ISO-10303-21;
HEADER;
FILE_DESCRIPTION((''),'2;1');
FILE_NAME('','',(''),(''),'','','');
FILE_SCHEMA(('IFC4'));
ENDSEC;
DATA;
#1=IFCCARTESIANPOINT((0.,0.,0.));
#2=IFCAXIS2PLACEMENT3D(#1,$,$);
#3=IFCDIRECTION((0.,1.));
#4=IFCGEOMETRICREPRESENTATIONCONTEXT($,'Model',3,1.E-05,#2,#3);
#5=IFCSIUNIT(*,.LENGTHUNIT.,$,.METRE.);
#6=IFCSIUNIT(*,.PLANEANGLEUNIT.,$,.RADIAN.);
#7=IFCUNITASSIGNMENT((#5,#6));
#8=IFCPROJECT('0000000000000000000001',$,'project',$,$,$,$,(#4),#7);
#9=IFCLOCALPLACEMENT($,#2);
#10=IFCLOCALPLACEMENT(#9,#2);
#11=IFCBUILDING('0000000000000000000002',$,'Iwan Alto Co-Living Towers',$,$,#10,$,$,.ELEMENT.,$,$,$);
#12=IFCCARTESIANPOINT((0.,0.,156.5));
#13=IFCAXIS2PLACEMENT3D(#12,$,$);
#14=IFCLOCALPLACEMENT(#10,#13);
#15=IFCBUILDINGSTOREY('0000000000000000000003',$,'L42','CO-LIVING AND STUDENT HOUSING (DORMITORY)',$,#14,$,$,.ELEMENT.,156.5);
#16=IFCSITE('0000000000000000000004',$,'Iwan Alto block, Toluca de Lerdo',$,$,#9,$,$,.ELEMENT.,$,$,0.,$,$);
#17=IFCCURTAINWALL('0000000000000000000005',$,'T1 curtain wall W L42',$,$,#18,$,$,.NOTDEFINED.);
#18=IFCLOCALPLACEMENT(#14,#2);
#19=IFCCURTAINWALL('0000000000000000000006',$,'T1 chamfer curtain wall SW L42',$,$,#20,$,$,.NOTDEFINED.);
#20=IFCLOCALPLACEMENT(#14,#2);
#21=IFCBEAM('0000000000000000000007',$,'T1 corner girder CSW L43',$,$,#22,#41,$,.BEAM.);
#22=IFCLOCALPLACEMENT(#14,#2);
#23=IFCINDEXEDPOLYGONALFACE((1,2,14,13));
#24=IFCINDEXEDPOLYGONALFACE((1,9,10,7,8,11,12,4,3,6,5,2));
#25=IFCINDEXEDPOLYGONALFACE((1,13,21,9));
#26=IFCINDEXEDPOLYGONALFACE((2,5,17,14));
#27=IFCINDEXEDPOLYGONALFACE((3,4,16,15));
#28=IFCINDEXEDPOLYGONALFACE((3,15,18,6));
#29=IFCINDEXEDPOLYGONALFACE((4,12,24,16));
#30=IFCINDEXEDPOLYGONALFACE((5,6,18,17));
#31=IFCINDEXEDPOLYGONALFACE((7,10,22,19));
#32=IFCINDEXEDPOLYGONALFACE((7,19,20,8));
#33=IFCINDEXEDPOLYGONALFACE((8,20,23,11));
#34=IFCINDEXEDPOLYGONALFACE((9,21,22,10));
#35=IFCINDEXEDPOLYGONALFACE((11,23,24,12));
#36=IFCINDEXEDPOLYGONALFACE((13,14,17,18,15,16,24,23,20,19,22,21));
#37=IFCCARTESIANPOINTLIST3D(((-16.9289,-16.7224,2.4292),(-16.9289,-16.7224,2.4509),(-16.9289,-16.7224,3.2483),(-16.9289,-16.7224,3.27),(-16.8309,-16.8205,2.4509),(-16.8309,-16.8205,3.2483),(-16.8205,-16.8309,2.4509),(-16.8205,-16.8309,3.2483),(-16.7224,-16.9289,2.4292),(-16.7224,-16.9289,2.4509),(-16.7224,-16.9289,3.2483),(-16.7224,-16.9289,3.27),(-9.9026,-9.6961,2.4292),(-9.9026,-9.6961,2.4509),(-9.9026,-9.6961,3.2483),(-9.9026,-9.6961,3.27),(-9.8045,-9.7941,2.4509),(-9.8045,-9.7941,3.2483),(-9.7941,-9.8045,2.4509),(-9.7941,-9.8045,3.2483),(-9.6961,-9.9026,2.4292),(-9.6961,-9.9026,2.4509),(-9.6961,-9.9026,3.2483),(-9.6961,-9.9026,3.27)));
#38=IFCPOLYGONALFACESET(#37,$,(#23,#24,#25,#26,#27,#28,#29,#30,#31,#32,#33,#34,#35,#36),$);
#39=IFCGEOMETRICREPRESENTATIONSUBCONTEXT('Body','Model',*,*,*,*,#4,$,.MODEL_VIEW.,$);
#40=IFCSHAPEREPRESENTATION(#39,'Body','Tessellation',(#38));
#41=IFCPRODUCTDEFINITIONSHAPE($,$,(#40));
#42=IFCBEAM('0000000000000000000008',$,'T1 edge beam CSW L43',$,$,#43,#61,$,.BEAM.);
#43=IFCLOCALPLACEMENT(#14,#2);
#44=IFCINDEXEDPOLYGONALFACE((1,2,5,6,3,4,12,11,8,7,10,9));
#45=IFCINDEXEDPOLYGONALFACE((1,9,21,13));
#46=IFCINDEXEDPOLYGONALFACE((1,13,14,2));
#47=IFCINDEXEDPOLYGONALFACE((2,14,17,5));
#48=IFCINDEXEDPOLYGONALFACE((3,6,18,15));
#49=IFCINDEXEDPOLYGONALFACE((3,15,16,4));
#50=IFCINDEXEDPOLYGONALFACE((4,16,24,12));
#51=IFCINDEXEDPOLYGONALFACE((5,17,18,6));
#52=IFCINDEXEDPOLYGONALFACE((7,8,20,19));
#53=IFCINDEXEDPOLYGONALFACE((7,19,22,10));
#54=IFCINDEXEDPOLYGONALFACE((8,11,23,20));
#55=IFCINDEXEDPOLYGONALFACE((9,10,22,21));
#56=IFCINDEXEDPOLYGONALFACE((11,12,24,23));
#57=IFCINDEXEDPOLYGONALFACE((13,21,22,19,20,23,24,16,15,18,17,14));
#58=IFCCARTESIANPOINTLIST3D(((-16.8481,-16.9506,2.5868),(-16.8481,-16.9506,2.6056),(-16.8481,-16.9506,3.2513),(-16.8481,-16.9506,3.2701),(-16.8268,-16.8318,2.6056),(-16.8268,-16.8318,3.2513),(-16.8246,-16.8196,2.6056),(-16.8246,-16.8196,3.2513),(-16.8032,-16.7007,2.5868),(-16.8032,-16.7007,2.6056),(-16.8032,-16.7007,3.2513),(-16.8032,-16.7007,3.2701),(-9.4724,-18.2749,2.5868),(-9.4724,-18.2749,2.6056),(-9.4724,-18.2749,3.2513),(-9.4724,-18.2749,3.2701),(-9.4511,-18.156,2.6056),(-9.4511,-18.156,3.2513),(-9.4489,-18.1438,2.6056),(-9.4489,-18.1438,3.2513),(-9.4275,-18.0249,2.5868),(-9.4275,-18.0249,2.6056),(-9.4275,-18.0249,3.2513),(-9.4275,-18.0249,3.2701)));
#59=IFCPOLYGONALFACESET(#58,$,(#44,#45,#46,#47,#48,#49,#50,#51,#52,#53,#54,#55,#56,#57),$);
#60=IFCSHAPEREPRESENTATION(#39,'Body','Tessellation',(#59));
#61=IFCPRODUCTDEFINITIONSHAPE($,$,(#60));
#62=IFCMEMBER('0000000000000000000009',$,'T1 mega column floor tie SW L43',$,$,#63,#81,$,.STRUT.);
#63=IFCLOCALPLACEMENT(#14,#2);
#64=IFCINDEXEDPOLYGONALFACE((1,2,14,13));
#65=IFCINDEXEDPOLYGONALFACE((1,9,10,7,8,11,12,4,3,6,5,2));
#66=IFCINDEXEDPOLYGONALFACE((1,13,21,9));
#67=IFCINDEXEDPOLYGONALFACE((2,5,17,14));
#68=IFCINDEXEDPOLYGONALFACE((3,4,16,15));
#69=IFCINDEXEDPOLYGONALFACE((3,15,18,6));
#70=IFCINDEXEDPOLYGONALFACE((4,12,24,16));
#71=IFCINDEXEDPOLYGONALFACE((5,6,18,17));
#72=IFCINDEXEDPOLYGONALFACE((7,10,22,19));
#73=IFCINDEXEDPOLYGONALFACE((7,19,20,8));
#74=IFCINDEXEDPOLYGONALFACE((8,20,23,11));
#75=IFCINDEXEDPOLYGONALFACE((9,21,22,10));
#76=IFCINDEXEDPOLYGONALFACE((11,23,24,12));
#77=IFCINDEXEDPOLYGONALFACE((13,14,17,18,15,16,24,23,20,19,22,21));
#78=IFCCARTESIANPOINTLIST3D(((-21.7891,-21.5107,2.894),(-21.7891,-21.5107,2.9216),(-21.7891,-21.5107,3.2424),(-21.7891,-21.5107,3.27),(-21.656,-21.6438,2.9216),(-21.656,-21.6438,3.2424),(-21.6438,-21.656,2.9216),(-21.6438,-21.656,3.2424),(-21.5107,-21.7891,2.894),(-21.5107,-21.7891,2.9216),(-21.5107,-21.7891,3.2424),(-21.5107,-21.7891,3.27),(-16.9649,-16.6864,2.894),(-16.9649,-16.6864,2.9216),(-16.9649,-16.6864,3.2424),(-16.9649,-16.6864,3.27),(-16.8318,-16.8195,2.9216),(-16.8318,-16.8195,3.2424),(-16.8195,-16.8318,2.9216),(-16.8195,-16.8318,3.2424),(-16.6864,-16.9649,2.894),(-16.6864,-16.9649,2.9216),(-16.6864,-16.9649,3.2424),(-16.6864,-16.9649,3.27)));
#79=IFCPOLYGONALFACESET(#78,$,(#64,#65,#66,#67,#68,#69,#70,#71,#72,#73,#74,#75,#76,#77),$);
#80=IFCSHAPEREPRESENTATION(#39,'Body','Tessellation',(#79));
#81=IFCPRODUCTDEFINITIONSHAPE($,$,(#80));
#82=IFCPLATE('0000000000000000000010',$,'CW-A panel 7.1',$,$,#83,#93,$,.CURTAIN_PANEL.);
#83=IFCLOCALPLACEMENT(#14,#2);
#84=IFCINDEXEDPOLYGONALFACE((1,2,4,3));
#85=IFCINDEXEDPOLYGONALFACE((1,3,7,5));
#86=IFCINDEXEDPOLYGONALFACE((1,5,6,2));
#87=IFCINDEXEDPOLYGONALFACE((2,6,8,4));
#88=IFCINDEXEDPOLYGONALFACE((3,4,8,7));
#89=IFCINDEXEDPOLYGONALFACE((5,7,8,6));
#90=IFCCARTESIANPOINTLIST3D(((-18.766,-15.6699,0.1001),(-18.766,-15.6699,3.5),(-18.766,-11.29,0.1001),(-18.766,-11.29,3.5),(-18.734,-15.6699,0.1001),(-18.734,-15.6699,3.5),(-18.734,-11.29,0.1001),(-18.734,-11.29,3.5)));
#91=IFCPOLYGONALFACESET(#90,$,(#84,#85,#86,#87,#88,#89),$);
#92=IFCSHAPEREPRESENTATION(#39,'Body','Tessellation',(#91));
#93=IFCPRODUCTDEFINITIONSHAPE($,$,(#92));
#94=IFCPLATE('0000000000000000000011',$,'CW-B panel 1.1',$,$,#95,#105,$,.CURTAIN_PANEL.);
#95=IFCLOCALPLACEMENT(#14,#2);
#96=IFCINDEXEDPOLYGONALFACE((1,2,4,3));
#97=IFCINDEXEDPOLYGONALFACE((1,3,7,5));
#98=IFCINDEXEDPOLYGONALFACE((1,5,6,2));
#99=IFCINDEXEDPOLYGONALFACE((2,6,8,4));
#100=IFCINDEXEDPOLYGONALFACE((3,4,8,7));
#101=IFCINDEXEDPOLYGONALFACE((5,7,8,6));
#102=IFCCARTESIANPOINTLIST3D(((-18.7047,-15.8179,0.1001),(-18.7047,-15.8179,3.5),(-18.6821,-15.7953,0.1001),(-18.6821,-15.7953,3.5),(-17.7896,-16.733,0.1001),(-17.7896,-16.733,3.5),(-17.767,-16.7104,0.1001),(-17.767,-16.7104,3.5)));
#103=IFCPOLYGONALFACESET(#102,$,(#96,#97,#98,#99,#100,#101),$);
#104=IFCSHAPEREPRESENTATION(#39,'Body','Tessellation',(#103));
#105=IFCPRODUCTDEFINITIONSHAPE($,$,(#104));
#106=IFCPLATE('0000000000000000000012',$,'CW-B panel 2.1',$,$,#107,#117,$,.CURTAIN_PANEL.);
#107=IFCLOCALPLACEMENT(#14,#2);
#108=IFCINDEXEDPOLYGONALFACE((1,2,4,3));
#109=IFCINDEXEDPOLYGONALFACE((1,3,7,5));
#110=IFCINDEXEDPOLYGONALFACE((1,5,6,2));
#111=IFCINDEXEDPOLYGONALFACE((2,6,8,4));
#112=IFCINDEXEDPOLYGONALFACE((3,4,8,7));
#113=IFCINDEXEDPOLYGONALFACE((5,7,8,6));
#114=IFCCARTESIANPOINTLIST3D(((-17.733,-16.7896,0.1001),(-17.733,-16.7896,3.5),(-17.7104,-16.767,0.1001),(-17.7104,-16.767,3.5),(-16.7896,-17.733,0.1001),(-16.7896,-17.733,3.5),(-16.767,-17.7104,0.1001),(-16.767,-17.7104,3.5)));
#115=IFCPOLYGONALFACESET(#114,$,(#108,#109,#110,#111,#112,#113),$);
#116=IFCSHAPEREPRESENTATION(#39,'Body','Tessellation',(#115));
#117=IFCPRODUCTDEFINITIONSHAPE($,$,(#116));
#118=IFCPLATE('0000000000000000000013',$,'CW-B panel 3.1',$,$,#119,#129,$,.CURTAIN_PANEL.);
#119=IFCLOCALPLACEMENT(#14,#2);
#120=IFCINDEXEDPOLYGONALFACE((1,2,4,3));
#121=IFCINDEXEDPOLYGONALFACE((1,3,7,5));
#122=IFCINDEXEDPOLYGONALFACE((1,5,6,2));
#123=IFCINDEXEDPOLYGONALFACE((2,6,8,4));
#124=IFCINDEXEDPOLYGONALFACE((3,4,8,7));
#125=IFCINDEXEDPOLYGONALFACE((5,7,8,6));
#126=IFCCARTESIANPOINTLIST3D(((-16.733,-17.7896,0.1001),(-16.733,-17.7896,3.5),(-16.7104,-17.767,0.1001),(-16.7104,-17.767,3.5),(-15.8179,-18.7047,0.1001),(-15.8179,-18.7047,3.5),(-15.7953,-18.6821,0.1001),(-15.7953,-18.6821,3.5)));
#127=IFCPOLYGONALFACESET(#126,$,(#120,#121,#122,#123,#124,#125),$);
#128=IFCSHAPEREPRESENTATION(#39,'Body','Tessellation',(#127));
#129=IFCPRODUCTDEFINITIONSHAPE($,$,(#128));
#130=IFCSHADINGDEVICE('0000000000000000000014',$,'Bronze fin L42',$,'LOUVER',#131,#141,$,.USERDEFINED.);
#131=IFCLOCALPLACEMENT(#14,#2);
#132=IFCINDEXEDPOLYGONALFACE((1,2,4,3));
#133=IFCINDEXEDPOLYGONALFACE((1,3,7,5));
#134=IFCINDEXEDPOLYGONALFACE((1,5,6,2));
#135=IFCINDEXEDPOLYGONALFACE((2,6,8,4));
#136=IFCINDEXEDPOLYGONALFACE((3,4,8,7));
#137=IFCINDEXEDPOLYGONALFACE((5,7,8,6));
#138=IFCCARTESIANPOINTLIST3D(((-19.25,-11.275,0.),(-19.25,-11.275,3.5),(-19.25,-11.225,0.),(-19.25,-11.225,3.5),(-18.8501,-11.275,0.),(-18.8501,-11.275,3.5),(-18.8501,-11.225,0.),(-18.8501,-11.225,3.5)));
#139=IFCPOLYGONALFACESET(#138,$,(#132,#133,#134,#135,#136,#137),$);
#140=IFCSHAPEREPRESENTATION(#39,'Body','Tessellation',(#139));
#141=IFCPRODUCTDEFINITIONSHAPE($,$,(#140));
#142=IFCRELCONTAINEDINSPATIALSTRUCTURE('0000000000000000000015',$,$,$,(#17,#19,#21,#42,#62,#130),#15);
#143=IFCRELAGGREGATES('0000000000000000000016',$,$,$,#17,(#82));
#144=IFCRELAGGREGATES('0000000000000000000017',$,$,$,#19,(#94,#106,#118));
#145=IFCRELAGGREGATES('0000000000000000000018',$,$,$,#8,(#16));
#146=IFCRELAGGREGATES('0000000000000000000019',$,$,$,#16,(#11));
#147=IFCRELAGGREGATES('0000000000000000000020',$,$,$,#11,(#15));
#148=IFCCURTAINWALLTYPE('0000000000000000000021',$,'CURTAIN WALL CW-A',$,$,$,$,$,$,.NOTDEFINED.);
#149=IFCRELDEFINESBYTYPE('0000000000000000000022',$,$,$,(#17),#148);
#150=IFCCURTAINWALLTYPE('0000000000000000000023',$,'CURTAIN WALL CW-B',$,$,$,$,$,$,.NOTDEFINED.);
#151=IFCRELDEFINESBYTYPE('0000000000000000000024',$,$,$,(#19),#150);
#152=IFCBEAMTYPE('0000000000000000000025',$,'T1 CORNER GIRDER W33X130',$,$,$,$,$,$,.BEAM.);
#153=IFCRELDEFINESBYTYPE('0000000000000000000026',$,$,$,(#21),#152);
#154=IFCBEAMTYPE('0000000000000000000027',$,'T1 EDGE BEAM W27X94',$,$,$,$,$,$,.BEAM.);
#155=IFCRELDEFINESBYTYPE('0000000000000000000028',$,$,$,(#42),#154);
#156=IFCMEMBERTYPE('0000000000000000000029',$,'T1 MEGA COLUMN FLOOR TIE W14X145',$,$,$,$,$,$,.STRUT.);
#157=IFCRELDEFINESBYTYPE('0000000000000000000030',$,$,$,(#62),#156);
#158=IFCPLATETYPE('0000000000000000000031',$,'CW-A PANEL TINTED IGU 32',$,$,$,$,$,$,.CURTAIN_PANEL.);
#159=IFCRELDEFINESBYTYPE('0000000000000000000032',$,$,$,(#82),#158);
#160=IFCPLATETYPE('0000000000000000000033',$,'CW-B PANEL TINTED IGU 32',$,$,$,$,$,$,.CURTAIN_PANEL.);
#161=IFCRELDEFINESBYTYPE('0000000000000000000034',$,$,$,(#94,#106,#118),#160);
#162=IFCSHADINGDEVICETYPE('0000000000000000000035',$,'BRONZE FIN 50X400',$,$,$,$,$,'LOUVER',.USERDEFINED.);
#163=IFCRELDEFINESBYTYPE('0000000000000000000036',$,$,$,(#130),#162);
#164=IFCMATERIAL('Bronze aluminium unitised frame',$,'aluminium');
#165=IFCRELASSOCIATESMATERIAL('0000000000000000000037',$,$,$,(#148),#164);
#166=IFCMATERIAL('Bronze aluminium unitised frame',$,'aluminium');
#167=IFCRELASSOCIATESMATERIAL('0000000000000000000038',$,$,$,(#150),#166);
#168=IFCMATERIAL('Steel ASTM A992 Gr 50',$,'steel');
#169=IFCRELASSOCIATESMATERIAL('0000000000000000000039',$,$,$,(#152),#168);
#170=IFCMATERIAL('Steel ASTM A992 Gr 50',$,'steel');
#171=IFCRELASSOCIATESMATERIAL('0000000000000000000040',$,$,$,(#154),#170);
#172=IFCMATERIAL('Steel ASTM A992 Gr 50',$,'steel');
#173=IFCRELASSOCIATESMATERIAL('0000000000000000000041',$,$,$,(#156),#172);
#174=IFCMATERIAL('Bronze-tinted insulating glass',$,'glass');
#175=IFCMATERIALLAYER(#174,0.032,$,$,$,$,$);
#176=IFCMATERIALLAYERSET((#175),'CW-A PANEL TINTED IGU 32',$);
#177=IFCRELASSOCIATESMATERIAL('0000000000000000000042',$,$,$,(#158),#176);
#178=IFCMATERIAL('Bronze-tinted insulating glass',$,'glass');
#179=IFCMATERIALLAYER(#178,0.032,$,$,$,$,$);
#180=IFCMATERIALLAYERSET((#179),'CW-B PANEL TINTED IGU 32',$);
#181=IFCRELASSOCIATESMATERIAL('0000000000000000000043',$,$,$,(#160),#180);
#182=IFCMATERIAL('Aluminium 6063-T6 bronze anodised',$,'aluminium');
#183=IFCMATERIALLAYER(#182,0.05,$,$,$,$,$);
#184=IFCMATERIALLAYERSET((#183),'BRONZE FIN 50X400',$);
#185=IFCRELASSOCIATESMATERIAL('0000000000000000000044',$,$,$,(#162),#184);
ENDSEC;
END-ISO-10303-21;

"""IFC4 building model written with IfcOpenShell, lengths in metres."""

from ifc_helpers import new_model, si_unit, direction, frame, origin, origin_2d, place, context, subcontext, project, spatial, rectangle, i_section, extrude, material, layer, layer_set, material_profile, profile_set, type_object, element, aggregate, save


model = new_model("IFC4")

# Units and contexts
model_context = context("Model", 3, precision=1e-05, world=origin(), true_north=direction((0.0, 1.0)))
body_context = subcontext(model_context, "Body", "Model", "MODEL_VIEW")
ifc_project = project(units=[si_unit("LENGTHUNIT", "METRE"), si_unit("PLANEANGLEUNIT", "RADIAN")], contexts=[model_context])

# Site, building, storey
site_placement = place(None, origin())
site = spatial("IfcSite", under=ifc_project, at=site_placement, Name="Iwan Alto block, Toluca de Lerdo", CompositionType="ELEMENT", RefElevation=0.0)
building_placement = place(site_placement, origin())
building = spatial("IfcBuilding", under=site, at=building_placement, Name="Iwan Alto Co-Living Towers", CompositionType="ELEMENT")
storey_placement = place(building_placement, frame((0.0, 0.0, 156.5)))
storey = spatial("IfcBuildingStorey", under=building, at=storey_placement, Name="L42", Description="CO-LIVING AND STUDENT HOUSING (DORMITORY)", CompositionType="ELEMENT", Elevation=156.5)

# Shared definitions
ifc_material_1 = material(Name="Bronze aluminium unitised frame", Category="aluminium")
curtain_wall_type_1 = type_object("IfcCurtainWallType", Name="CURTAIN WALL CW-A", PredefinedType="NOTDEFINED", material=ifc_material_1)

# Curtain walls
curtain_wall_1_placement = place(storey_placement, origin())
curtain_wall_1 = element("IfcCurtainWall", 1, at=curtain_wall_1_placement, inside=storey, type_object=curtain_wall_type_1, Name="T1 curtain wall W L42", PredefinedType="NOTDEFINED")
ifc_material_2 = material(Name="Bronze aluminium unitised frame", Category="aluminium")
curtain_wall_type_2 = type_object("IfcCurtainWallType", Name="CURTAIN WALL CW-B", PredefinedType="NOTDEFINED", material=ifc_material_2)
curtain_wall_2_placement = place(storey_placement, origin())
curtain_wall_2 = element("IfcCurtainWall", 2, at=curtain_wall_2_placement, inside=storey, type_object=curtain_wall_type_2, Name="T1 chamfer curtain wall SW L42", PredefinedType="NOTDEFINED")

# Beams
ifc_material_3 = material(Name="Steel ASTM A992 Gr 50", Category="steel")
ifc_material_profile_1 = material_profile(ifc_material_3, i_section(OverallWidth=0.292, OverallDepth=0.8408, WebThickness=0.0146, FlangeThickness=0.0217, at=origin_2d()), Name="W33X130")
ifc_profile_set_1 = profile_set([ifc_material_profile_1], Name="Steel ASTM A992 Gr 50")
beam_type_1 = type_object("IfcBeamType", Name="T1 CORNER GIRDER W33X130", PredefinedType="BEAM", material=ifc_profile_set_1)
beam_1_placement = place(storey_placement, frame((-16.8257, -16.8257, 2.8496), z_axis=(0.707107, 0.707107, 0.0), x_axis=(-0.707107, 0.707107, 0.0)))
element("IfcBeam", 3, at=beam_1_placement, inside=storey, type_object=beam_type_1, Name="T1 corner girder CSW L43", PredefinedType="BEAM", context=body_context, shape_type="SweptSolid", body=[
    extrude(i_section(OverallWidth=0.292, OverallDepth=0.8408, WebThickness=0.0146, FlangeThickness=0.0217, at=origin_2d()), origin(), (0.0, 0.0, 1.0), 9.9368),
])
ifc_material_4 = material(Name="Steel ASTM A992 Gr 50", Category="steel")
ifc_material_profile_2 = material_profile(ifc_material_4, i_section(OverallWidth=0.2539, OverallDepth=0.6833, WebThickness=0.0125, FlangeThickness=0.0188, at=origin_2d()), Name="W27X94")
ifc_profile_set_2 = profile_set([ifc_material_profile_2], Name="Steel ASTM A992 Gr 50")
beam_type_2 = type_object("IfcBeamType", Name="T1 EDGE BEAM W27X94", PredefinedType="BEAM", material=ifc_profile_set_2)
beam_2_placement = place(storey_placement, frame((-16.8257, -16.8257, 2.9285), z_axis=(0.984263, -0.176712, 0.0), x_axis=(0.176712, 0.984263, 0.0)))
element("IfcBeam", 4, at=beam_2_placement, inside=storey, type_object=beam_type_2, Name="T1 edge beam CSW L43", PredefinedType="BEAM", context=body_context, shape_type="SweptSolid", body=[
    extrude(i_section(OverallWidth=0.2539, OverallDepth=0.6833, WebThickness=0.0125, FlangeThickness=0.0188, at=origin_2d()), origin(), (0.0, 0.0, 1.0), 7.4937),
])

# Member
ifc_material_5 = material(Name="Steel ASTM A992 Gr 50", Category="steel")
ifc_material_profile_3 = material_profile(ifc_material_5, i_section(OverallWidth=0.3938, OverallDepth=0.376, WebThickness=0.0173, FlangeThickness=0.0276, at=origin_2d()), Name="W14X145")
ifc_profile_set_3 = profile_set([ifc_material_profile_3], Name="Steel ASTM A992 Gr 50")
member_type_1 = type_object("IfcMemberType", Name="T1 MEGA COLUMN FLOOR TIE W14X145", PredefinedType="STRUT", material=ifc_profile_set_3)
member_1_placement = place(storey_placement, frame((-21.6499, -21.6499, 3.082), z_axis=(0.707107, 0.707107, 0.0), x_axis=(-0.707107, 0.707107, 0.0)))
element("IfcMember", 5, at=member_1_placement, inside=storey, type_object=member_type_1, Name="T1 mega column floor tie SW L43", PredefinedType="STRUT", context=body_context, shape_type="SweptSolid", body=[
    extrude(i_section(OverallWidth=0.3938, OverallDepth=0.376, WebThickness=0.0173, FlangeThickness=0.0276, at=origin_2d()), origin(), (0.0, 0.0, 1.0), 6.8225),
])

# Plates
ifc_material_6 = material(Name="Bronze-tinted insulating glass", Category="glass")
ifc_layer_1 = layer(ifc_material_6, 0.032)
ifc_layer_set_1 = layer_set([ifc_layer_1], Name="CW-A PANEL TINTED IGU 32")
plate_type_1 = type_object("IfcPlateType", Name="CW-A PANEL TINTED IGU 32", PredefinedType="CURTAIN_PANEL", material=ifc_layer_set_1)
plate_1_placement = place(storey_placement, frame((-18.75, -13.48, 0.1001), z_axis=(0.0, 0.0, 1.0), x_axis=(0.0, -1.0, 0.0)))
plate_1 = element("IfcPlate", 6, at=plate_1_placement, type_object=plate_type_1, Name="CW-A panel 7.1", PredefinedType="CURTAIN_PANEL", context=body_context, shape_type="SweptSolid", body=[
    extrude(rectangle(XDim=4.3799, YDim=0.032, at=origin_2d()), origin(), (0.0, 0.0, 1.0), 3.3999),
])
aggregate(curtain_wall_1, [plate_1])
ifc_material_7 = material(Name="Bronze-tinted insulating glass", Category="glass")
ifc_layer_2 = layer(ifc_material_7, 0.032)
ifc_layer_set_2 = layer_set([ifc_layer_2], Name="CW-B PANEL TINTED IGU 32")
plate_type_2 = type_object("IfcPlateType", Name="CW-B PANEL TINTED IGU 32", PredefinedType="CURTAIN_PANEL", material=ifc_layer_set_2)
plate_2_placement = place(storey_placement, frame((-18.2358, -16.2642, 0.1001), z_axis=(0.0, 0.0, 1.0), x_axis=(0.707107, -0.707107, 0.0)))
plate_2 = element("IfcPlate", 7, at=plate_2_placement, type_object=plate_type_2, Name="CW-B panel 1.1", PredefinedType="CURTAIN_PANEL", context=body_context, shape_type="SweptSolid", body=[
    extrude(rectangle(XDim=1.2942, YDim=0.032, at=origin_2d()), origin(), (0.0, 0.0, 1.0), 3.3999),
])
plate_3_placement = place(storey_placement, frame((-17.25, -17.25, 0.1001), z_axis=(0.0, 0.0, 1.0), x_axis=(0.707107, -0.707107, 0.0)))
plate_3 = element("IfcPlate", 8, at=plate_3_placement, type_object=plate_type_2, Name="CW-B panel 2.1", PredefinedType="CURTAIN_PANEL", context=body_context, shape_type="SweptSolid", body=[
    extrude(rectangle(XDim=1.3342, YDim=0.032, at=origin_2d()), origin(), (0.0, 0.0, 1.0), 3.3999),
])
plate_4_placement = place(storey_placement, frame((-16.2642, -18.2358, 0.1001), z_axis=(0.0, 0.0, 1.0), x_axis=(0.707107, -0.707107, 0.0)))
plate_4 = element("IfcPlate", 9, at=plate_4_placement, type_object=plate_type_2, Name="CW-B panel 3.1", PredefinedType="CURTAIN_PANEL", context=body_context, shape_type="SweptSolid", body=[
    extrude(rectangle(XDim=1.2942, YDim=0.032, at=origin_2d()), origin(), (0.0, 0.0, 1.0), 3.3999),
])
aggregate(curtain_wall_2, [plate_2, plate_3, plate_4])

# Shading device
ifc_material_8 = material(Name="Aluminium 6063-T6 bronze anodised", Category="aluminium")
ifc_layer_3 = layer(ifc_material_8, 0.05)
ifc_layer_set_3 = layer_set([ifc_layer_3], Name="BRONZE FIN 50X400")
shading_device_type = type_object("IfcShadingDeviceType", Name="BRONZE FIN 50X400", ElementType="LOUVER", PredefinedType="USERDEFINED", material=ifc_layer_set_3)
shading_device_placement = place(storey_placement, frame((-19.05, -11.25, 0.0), z_axis=(0.0, 0.0, 1.0), x_axis=(0.0, -1.0, 0.0)))
element("IfcShadingDevice", 10, at=shading_device_placement, inside=storey, type_object=shading_device_type, Name="Bronze fin L42", ObjectType="LOUVER", PredefinedType="USERDEFINED", context=body_context, shape_type="SweptSolid", body=[
    extrude(rectangle(XDim=0.05, YDim=0.3999, at=origin_2d()), origin(), (0.0, 0.0, 1.0), 3.5),
])

save(model, "model.ifc")
